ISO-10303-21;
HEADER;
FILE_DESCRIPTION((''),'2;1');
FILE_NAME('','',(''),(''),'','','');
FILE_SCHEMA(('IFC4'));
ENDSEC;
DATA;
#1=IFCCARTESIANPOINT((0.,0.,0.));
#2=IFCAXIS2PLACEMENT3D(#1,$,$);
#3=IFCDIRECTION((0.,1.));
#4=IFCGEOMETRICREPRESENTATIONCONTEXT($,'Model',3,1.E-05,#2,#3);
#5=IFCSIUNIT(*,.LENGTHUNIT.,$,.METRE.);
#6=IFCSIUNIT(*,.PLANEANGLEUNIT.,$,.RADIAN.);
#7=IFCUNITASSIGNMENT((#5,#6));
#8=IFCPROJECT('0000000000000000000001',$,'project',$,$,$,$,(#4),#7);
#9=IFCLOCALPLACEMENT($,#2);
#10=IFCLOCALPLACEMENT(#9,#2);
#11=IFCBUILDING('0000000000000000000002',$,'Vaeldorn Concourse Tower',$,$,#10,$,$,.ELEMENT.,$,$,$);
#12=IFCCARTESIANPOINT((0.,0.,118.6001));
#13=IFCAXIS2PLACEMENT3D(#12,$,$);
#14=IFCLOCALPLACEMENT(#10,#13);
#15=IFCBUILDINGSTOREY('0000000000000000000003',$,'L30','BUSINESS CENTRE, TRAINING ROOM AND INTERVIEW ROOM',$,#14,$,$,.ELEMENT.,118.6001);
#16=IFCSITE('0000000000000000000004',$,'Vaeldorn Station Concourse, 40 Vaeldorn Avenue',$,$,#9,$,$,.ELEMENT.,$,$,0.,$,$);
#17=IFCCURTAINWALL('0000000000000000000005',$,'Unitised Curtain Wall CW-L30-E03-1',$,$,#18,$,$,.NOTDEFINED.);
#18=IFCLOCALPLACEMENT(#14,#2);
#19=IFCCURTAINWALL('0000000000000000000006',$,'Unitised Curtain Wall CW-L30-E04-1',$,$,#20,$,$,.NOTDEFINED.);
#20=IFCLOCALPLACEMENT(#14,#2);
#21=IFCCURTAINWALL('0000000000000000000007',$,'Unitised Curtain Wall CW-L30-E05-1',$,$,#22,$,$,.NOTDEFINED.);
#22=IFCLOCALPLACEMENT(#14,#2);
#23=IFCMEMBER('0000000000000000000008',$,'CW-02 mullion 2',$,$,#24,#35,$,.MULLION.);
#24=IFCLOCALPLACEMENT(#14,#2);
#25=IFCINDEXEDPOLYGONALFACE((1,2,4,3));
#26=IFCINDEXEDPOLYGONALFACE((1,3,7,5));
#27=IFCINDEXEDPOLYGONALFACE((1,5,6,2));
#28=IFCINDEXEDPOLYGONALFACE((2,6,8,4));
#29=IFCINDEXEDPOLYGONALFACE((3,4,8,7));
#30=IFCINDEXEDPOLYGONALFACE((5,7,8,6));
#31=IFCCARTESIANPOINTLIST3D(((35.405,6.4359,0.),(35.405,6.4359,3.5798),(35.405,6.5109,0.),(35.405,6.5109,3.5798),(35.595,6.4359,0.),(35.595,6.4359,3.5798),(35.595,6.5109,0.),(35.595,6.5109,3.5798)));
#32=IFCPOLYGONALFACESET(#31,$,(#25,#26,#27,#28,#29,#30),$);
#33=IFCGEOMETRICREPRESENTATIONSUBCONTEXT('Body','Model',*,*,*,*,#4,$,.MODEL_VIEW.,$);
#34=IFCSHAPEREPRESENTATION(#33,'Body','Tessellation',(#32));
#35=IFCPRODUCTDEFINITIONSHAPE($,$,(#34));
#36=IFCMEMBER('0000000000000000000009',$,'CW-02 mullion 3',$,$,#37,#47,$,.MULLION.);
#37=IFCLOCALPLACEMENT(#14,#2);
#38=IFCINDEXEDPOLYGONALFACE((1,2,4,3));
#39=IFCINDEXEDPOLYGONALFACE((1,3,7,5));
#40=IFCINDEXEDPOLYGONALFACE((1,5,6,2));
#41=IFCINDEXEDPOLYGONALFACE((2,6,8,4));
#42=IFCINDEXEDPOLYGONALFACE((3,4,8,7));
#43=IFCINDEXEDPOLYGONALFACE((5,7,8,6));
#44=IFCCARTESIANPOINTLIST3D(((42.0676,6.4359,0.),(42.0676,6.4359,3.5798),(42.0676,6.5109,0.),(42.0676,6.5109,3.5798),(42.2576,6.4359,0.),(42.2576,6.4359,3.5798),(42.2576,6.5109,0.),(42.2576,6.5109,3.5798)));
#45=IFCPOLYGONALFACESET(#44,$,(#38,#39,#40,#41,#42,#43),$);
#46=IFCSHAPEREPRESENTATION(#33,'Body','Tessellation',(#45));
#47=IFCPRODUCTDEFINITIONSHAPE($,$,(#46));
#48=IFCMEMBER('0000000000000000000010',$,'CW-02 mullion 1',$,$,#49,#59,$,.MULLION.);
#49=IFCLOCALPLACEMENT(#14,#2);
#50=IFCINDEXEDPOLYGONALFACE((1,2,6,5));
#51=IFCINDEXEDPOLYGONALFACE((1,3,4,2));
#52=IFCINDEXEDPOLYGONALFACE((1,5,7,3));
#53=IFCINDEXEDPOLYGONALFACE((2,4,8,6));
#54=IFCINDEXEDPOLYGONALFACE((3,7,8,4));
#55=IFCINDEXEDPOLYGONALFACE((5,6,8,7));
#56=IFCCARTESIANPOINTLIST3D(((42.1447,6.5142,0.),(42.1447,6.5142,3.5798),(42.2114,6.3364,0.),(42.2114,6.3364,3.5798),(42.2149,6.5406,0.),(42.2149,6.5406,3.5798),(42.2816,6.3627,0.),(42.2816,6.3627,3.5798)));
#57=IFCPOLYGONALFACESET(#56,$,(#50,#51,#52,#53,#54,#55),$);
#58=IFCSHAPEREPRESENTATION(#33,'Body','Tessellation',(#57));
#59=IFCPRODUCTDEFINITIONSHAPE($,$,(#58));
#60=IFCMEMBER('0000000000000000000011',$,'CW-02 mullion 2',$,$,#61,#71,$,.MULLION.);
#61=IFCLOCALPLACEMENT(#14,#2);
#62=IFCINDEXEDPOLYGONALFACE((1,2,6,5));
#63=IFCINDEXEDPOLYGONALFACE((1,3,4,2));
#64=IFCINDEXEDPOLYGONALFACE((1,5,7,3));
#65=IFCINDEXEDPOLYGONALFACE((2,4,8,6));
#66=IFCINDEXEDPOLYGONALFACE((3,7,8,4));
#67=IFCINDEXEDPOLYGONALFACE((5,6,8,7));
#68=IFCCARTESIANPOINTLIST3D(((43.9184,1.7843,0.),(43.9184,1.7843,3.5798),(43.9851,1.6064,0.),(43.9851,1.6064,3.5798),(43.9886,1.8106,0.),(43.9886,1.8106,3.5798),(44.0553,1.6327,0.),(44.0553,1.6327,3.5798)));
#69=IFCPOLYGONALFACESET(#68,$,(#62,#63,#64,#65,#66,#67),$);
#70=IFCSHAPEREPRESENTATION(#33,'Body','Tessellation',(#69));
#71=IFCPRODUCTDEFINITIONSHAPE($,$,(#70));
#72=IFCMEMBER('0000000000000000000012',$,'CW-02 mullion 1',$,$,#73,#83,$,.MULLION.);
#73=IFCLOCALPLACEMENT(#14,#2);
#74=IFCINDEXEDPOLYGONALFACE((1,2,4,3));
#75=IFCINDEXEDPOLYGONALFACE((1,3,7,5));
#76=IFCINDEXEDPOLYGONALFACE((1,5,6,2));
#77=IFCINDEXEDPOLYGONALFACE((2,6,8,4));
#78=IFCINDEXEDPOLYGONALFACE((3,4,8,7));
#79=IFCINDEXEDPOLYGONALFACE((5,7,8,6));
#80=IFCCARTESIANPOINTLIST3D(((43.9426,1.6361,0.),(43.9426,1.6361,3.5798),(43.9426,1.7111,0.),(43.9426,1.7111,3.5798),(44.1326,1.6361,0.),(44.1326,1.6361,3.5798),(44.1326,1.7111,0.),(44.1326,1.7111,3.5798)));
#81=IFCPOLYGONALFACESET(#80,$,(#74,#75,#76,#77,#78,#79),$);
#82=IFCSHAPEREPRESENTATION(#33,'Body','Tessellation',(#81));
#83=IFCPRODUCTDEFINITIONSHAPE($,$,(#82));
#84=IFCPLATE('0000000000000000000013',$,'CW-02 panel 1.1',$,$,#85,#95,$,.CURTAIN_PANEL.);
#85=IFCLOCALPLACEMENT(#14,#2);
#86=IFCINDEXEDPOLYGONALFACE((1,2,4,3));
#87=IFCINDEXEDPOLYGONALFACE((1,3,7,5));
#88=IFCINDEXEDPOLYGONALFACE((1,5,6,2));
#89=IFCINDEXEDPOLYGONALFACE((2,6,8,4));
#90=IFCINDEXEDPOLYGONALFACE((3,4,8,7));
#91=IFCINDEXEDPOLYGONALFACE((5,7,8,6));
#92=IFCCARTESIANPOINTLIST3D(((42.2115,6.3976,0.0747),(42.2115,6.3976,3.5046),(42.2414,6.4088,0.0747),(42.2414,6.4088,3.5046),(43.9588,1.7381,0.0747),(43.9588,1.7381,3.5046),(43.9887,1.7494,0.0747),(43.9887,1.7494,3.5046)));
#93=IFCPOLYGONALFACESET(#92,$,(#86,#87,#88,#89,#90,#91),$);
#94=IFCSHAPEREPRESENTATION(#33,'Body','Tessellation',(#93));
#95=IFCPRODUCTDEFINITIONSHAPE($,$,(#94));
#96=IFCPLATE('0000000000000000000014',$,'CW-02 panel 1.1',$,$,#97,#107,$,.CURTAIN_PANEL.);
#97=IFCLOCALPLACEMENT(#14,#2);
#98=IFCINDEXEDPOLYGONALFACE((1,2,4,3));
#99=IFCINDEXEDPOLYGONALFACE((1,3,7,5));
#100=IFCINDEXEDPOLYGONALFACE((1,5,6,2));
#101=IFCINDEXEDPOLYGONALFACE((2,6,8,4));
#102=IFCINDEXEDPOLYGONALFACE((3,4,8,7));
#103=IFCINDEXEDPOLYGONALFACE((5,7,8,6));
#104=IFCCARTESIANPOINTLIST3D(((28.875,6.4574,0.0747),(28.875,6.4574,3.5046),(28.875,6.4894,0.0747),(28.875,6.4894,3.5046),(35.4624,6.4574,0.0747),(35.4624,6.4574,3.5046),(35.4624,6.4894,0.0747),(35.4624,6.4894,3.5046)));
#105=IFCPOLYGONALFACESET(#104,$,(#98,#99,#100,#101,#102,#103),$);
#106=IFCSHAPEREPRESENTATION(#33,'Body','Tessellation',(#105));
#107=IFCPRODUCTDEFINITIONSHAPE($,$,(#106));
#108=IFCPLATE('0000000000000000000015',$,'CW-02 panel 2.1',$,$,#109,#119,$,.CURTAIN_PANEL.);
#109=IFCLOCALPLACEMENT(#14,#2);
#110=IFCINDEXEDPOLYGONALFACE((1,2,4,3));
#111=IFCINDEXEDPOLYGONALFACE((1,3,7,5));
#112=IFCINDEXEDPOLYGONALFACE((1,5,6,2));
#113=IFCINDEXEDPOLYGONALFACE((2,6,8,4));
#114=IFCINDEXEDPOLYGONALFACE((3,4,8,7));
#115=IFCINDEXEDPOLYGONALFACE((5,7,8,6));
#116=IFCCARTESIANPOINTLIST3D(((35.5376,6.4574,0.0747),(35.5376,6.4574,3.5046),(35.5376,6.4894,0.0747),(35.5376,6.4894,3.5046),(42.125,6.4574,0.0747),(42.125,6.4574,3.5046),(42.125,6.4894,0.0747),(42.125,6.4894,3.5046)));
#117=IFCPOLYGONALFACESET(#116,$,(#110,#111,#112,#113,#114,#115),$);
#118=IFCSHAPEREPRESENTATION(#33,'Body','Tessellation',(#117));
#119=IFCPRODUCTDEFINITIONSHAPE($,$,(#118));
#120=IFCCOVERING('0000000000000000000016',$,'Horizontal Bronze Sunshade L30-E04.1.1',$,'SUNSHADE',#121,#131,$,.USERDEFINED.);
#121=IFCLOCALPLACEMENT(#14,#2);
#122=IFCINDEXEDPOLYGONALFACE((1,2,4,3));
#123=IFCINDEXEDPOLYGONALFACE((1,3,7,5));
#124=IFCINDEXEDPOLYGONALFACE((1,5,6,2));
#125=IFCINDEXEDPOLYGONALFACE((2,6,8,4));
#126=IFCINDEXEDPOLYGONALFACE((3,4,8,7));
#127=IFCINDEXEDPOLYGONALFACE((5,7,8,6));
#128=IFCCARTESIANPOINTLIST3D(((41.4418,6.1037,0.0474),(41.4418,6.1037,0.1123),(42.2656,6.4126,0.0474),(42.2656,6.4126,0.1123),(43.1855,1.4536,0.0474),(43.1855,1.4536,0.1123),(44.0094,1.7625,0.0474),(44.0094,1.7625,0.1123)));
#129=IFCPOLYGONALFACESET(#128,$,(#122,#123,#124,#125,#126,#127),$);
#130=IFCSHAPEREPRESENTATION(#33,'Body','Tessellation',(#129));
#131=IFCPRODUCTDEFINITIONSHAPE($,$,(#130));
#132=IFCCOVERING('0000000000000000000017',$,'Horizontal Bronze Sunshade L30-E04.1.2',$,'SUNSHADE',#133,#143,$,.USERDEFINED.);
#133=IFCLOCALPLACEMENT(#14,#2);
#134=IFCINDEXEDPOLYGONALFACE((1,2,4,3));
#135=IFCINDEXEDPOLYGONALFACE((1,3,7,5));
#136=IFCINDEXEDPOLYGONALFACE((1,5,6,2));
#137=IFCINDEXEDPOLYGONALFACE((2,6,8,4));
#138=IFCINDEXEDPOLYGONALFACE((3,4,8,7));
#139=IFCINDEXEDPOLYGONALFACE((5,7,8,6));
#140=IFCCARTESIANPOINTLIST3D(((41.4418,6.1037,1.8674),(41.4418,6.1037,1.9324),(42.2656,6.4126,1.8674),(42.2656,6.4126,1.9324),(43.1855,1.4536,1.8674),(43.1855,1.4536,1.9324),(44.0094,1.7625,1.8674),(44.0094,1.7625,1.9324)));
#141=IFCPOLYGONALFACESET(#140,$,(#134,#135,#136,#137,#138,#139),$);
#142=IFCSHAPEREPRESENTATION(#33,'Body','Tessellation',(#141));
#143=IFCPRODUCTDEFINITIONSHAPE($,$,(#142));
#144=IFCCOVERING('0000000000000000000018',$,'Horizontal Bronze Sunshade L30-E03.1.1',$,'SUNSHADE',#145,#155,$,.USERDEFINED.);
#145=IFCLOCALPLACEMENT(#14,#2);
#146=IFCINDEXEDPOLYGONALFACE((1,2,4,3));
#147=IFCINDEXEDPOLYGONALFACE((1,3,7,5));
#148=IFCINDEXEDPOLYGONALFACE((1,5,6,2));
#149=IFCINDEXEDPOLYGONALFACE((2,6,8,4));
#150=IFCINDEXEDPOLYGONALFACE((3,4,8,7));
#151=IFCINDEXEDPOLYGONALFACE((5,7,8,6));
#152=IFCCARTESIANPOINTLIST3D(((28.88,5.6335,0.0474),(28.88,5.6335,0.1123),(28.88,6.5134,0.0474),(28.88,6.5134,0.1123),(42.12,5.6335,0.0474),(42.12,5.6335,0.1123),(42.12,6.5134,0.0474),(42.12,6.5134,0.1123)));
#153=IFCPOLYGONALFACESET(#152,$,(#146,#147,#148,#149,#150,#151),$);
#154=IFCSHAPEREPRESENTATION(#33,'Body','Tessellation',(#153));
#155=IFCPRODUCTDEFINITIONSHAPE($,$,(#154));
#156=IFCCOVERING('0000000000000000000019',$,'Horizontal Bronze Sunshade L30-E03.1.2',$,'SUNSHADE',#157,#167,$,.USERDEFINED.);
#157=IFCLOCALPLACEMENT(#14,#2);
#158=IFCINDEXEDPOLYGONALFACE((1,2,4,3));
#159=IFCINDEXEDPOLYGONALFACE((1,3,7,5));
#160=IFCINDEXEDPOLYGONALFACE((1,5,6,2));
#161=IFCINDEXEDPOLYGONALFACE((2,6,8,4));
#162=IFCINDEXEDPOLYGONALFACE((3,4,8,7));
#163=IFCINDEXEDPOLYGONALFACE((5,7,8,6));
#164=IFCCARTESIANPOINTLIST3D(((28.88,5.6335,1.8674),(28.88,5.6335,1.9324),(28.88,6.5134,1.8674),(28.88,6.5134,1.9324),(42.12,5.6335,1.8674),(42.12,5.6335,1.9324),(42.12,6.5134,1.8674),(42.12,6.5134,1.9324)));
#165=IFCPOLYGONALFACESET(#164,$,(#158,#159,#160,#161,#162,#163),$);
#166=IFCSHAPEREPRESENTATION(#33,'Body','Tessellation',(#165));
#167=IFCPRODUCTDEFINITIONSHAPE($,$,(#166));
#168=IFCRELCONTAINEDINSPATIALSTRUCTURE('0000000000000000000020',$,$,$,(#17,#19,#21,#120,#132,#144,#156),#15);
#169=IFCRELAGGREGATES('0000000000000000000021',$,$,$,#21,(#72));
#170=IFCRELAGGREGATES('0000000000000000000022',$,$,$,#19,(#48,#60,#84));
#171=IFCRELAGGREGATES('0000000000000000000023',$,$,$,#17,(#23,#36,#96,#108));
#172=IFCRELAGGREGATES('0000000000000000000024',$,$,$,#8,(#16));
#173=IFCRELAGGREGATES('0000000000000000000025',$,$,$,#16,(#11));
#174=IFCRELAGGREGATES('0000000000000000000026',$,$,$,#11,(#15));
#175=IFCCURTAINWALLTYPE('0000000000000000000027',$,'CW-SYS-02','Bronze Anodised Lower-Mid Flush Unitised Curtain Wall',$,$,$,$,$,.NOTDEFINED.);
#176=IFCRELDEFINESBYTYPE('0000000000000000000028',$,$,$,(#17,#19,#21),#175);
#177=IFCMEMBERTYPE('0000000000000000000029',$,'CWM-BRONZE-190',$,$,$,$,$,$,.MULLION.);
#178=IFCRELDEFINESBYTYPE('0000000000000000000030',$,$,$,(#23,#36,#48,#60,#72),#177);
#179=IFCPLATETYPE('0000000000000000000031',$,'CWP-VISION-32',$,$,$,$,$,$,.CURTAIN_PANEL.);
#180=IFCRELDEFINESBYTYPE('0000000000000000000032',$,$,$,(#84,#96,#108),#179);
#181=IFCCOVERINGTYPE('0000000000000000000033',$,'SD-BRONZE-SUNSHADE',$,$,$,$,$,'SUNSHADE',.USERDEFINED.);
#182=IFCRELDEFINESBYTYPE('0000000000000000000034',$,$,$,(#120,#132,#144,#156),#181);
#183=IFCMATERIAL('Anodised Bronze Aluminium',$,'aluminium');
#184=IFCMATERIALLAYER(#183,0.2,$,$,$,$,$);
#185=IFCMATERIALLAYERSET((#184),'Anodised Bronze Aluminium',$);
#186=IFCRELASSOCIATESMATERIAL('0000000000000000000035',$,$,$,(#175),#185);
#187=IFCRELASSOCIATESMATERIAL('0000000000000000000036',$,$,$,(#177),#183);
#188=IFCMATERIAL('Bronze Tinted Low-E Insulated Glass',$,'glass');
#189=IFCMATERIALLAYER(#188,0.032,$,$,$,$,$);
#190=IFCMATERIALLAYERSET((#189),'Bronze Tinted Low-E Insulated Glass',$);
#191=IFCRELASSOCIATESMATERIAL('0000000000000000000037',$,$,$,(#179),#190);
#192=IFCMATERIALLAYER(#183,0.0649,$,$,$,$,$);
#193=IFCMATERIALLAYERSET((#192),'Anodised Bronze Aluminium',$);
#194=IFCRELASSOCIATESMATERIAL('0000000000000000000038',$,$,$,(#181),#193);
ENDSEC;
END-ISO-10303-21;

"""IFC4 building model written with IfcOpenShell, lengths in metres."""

from ifc_helpers import new_model, si_unit, direction, frame, origin, origin_2d, place, context, subcontext, project, spatial, rectangle, extrude, source, transform, mapped, material, layer, layer_set, material_profile, profile_set, type_object, element, aggregate, save


model = new_model("IFC4")

# Units and contexts
model_context = context("Model", 3, precision=1e-05, world=origin(), true_north=direction((0.0, 1.0)))
body_context = subcontext(model_context, "Body", "Model", "MODEL_VIEW")
ifc_project = project(units=[si_unit("LENGTHUNIT", "METRE"), si_unit("PLANEANGLEUNIT", "RADIAN")], contexts=[model_context])

# Site, building, storey
site_placement = place(None, origin())
site = spatial("IfcSite", under=ifc_project, at=site_placement, Name="Vaeldorn Station Concourse, 40 Vaeldorn Avenue", CompositionType="ELEMENT", RefElevation=0.0)
building_placement = place(site_placement, origin())
building = spatial("IfcBuilding", under=site, at=building_placement, Name="Vaeldorn Concourse Tower", CompositionType="ELEMENT")
storey_placement = place(building_placement, frame((0.0, 0.0, 118.6001)))
storey = spatial("IfcBuildingStorey", under=building, at=storey_placement, Name="L30", Description="BUSINESS CENTRE, TRAINING ROOM AND INTERVIEW ROOM", CompositionType="ELEMENT", Elevation=118.6001)

# Curtain walls
ifc_material_1 = material(Name="Anodised Bronze Aluminium", Category="aluminium")
ifc_layer_1 = layer(ifc_material_1, 0.2)
ifc_layer_set_1 = layer_set([ifc_layer_1], Name="Anodised Bronze Aluminium")
curtain_wall_type = type_object("IfcCurtainWallType", Name="CW-SYS-02", Description="Bronze Anodised Lower-Mid Flush Unitised Curtain Wall", PredefinedType="NOTDEFINED", material=ifc_layer_set_1)
curtain_wall_1_placement = place(storey_placement, origin())
curtain_wall_1 = element("IfcCurtainWall", 1, at=curtain_wall_1_placement, inside=storey, type_object=curtain_wall_type, Name="Unitised Curtain Wall CW-L30-E03-1", PredefinedType="NOTDEFINED")
curtain_wall_2_placement = place(storey_placement, origin())
curtain_wall_2 = element("IfcCurtainWall", 2, at=curtain_wall_2_placement, inside=storey, type_object=curtain_wall_type, Name="Unitised Curtain Wall CW-L30-E04-1", PredefinedType="NOTDEFINED")
curtain_wall_3_placement = place(storey_placement, origin())
curtain_wall_3 = element("IfcCurtainWall", 3, at=curtain_wall_3_placement, inside=storey, type_object=curtain_wall_type, Name="Unitised Curtain Wall CW-L30-E05-1", PredefinedType="NOTDEFINED")

# Members
ifc_material_profile_1 = material_profile(ifc_material_1, rectangle(XDim=0.075, YDim=0.1899, at=origin_2d()), Name="CWM 75x190")
ifc_profile_set_1 = profile_set([ifc_material_profile_1], Name="Anodised Bronze Aluminium")
member_type_1 = type_object("IfcMemberType", Name="CWM-BRONZE-190", PredefinedType="MULLION", material=ifc_profile_set_1)
shared_shape_1 = source(origin(), body_context, "Body", "SweptSolid", [
    extrude(rectangle(XDim=0.075, YDim=0.1899, at=origin_2d()), origin(), (0.0, 0.0, 1.0), 3.5798),
])
member_1_placement = place(storey_placement, frame((35.5, 6.4734, 0.0), z_axis=(0.0, 0.0, 1.0), x_axis=(0.0, 1.0, 0.0)))
member_1 = element("IfcMember", 4, at=member_1_placement, type_object=member_type_1, Name="CW-02 mullion 2", PredefinedType="MULLION", context=body_context, shape_type="MappedRepresentation", body=[
    mapped(shared_shape_1, transform((0.0, 0.0, 0.0), scale=1.0)),
])
member_2_placement = place(storey_placement, frame((42.1626, 6.4734, 0.0), z_axis=(0.0, 0.0, 1.0), x_axis=(0.0, 1.0, 0.0)))
member_2 = element("IfcMember", 5, at=member_2_placement, type_object=member_type_1, Name="CW-02 mullion 3", PredefinedType="MULLION", context=body_context, shape_type="MappedRepresentation", body=[
    mapped(shared_shape_1, transform((0.0, 0.0, 0.0), scale=1.0)),
])
member_3_placement = place(storey_placement, frame((42.2131, 6.4385, 0.0), z_axis=(0.0, 0.0, 1.0), x_axis=(0.936329, 0.351123, 0.0)))
member_3 = element("IfcMember", 6, at=member_3_placement, type_object=member_type_1, Name="CW-02 mullion 1", PredefinedType="MULLION", context=body_context, shape_type="MappedRepresentation", body=[
    mapped(shared_shape_1, transform((0.0, 0.0, 0.0), scale=1.0)),
])
member_4_placement = place(storey_placement, frame((43.9868, 1.7085, 0.0), z_axis=(0.0, 0.0, 1.0), x_axis=(0.936329, 0.351123, 0.0)))
member_4 = element("IfcMember", 7, at=member_4_placement, type_object=member_type_1, Name="CW-02 mullion 2", PredefinedType="MULLION", context=body_context, shape_type="MappedRepresentation", body=[
    mapped(shared_shape_1, transform((0.0, 0.0, 0.0), scale=1.0)),
])
member_5_placement = place(storey_placement, frame((44.0376, 1.6736, 0.0), z_axis=(0.0, 0.0, 1.0), x_axis=(0.0, 1.0, 0.0)))
member_5 = element("IfcMember", 8, at=member_5_placement, type_object=member_type_1, Name="CW-02 mullion 1", PredefinedType="MULLION", context=body_context, shape_type="MappedRepresentation", body=[
    mapped(shared_shape_1, transform((0.0, 0.0, 0.0), scale=1.0)),
])
aggregate(curtain_wall_3, [member_5])

# Plates
ifc_material_2 = material(Name="Bronze Tinted Low-E Insulated Glass", Category="glass")
ifc_layer_2 = layer(ifc_material_2, 0.032)
ifc_layer_set_2 = layer_set([ifc_layer_2], Name="Bronze Tinted Low-E Insulated Glass")
plate_type = type_object("IfcPlateType", Name="CWP-VISION-32", PredefinedType="CURTAIN_PANEL", material=ifc_layer_set_2)
shared_shape_2 = source(origin(), body_context, "Body", "SweptSolid", [
    extrude(rectangle(XDim=4.9763, YDim=0.032, at=origin_2d()), origin(), (0.0, 0.0, 1.0), 3.4299),
])
plate_1_placement = place(storey_placement, frame((43.1001, 4.0735, 0.0747), z_axis=(0.0, 0.0, 1.0), x_axis=(0.351123, -0.936329, 0.0)))
plate_1 = element("IfcPlate", 9, at=plate_1_placement, type_object=plate_type, Name="CW-02 panel 1.1", PredefinedType="CURTAIN_PANEL", context=body_context, shape_type="MappedRepresentation", body=[
    mapped(shared_shape_2, transform((0.0, 0.0, 0.0), scale=1.0)),
])
aggregate(curtain_wall_2, [member_3, member_4, plate_1])
shared_shape_3 = source(origin(), body_context, "Body", "SweptSolid", [
    extrude(rectangle(XDim=6.5874, YDim=0.032, at=origin_2d()), origin(), (0.0, 0.0, 1.0), 3.4299),
])
plate_2_placement = place(storey_placement, frame((32.1687, 6.4734, 0.0747), z_axis=(0.0, 0.0, 1.0), x_axis=(1.0, 0.0, 0.0)))
plate_2 = element("IfcPlate", 10, at=plate_2_placement, type_object=plate_type, Name="CW-02 panel 1.1", PredefinedType="CURTAIN_PANEL", context=body_context, shape_type="MappedRepresentation", body=[
    mapped(shared_shape_3, transform((0.0, 0.0, 0.0), scale=1.0)),
])
plate_3_placement = place(storey_placement, frame((38.8313, 6.4734, 0.0747), z_axis=(0.0, 0.0, 1.0), x_axis=(1.0, 0.0, 0.0)))
plate_3 = element("IfcPlate", 11, at=plate_3_placement, type_object=plate_type, Name="CW-02 panel 2.1", PredefinedType="CURTAIN_PANEL", context=body_context, shape_type="MappedRepresentation", body=[
    mapped(shared_shape_3, transform((0.0, 0.0, 0.0), scale=1.0)),
])
aggregate(curtain_wall_1, [member_1, member_2, plate_2, plate_3])

# Coverings
ifc_layer_3 = layer(ifc_material_1, 0.0649)
ifc_layer_set_3 = layer_set([ifc_layer_3], Name="Anodised Bronze Aluminium")
covering_type = type_object("IfcCoveringType", Name="SD-BRONZE-SUNSHADE", ElementType="SUNSHADE", PredefinedType="USERDEFINED", material=ifc_layer_set_3)
shared_shape_4 = source(origin(), body_context, "Body", "SweptSolid", [
    extrude(rectangle(XDim=4.9663, YDim=0.8799, at=origin_2d()), origin(), (0.0, 0.0, 1.0), 0.0649),
])
for number, where, z_axis, x_axis, name in (
    (12, (42.7256, 3.9331, 0.0474), (0.0, 0.0, 1.0), (0.351123, -0.936329, 0.0), "Horizontal Bronze Sunshade L30-E04.1.1"),
    (13, (42.7256, 3.9331, 1.8674), (0.0, 0.0, 1.0), (0.351123, -0.936329, 0.0), "Horizontal Bronze Sunshade L30-E04.1.2"),
):
    element("IfcCovering", number, at=place(storey_placement, frame(where, z_axis=z_axis, x_axis=x_axis)), inside=storey, type_object=covering_type, Name=name, ObjectType="SUNSHADE", PredefinedType="USERDEFINED", context=body_context, shape_type="MappedRepresentation", body=[
        mapped(shared_shape_4, transform((0.0, 0.0, 0.0), scale=1.0)),
    ])
shared_shape_5 = source(origin(), body_context, "Body", "SweptSolid", [
    extrude(rectangle(XDim=13.24, YDim=0.8799, at=origin_2d()), origin(), (0.0, 0.0, 1.0), 0.0649),
])
for number, where, z_axis, x_axis, name in (
    (14, (35.5, 6.0735, 0.0474), (0.0, 0.0, 1.0), (1.0, 0.0, 0.0), "Horizontal Bronze Sunshade L30-E03.1.1"),
    (15, (35.5, 6.0735, 1.8674), (0.0, 0.0, 1.0), (1.0, 0.0, 0.0), "Horizontal Bronze Sunshade L30-E03.1.2"),
):
    element("IfcCovering", number, at=place(storey_placement, frame(where, z_axis=z_axis, x_axis=x_axis)), inside=storey, type_object=covering_type, Name=name, ObjectType="SUNSHADE", PredefinedType="USERDEFINED", context=body_context, shape_type="MappedRepresentation", body=[
        mapped(shared_shape_5, transform((0.0, 0.0, 0.0), scale=1.0)),
    ])

save(model, "model.ifc")
